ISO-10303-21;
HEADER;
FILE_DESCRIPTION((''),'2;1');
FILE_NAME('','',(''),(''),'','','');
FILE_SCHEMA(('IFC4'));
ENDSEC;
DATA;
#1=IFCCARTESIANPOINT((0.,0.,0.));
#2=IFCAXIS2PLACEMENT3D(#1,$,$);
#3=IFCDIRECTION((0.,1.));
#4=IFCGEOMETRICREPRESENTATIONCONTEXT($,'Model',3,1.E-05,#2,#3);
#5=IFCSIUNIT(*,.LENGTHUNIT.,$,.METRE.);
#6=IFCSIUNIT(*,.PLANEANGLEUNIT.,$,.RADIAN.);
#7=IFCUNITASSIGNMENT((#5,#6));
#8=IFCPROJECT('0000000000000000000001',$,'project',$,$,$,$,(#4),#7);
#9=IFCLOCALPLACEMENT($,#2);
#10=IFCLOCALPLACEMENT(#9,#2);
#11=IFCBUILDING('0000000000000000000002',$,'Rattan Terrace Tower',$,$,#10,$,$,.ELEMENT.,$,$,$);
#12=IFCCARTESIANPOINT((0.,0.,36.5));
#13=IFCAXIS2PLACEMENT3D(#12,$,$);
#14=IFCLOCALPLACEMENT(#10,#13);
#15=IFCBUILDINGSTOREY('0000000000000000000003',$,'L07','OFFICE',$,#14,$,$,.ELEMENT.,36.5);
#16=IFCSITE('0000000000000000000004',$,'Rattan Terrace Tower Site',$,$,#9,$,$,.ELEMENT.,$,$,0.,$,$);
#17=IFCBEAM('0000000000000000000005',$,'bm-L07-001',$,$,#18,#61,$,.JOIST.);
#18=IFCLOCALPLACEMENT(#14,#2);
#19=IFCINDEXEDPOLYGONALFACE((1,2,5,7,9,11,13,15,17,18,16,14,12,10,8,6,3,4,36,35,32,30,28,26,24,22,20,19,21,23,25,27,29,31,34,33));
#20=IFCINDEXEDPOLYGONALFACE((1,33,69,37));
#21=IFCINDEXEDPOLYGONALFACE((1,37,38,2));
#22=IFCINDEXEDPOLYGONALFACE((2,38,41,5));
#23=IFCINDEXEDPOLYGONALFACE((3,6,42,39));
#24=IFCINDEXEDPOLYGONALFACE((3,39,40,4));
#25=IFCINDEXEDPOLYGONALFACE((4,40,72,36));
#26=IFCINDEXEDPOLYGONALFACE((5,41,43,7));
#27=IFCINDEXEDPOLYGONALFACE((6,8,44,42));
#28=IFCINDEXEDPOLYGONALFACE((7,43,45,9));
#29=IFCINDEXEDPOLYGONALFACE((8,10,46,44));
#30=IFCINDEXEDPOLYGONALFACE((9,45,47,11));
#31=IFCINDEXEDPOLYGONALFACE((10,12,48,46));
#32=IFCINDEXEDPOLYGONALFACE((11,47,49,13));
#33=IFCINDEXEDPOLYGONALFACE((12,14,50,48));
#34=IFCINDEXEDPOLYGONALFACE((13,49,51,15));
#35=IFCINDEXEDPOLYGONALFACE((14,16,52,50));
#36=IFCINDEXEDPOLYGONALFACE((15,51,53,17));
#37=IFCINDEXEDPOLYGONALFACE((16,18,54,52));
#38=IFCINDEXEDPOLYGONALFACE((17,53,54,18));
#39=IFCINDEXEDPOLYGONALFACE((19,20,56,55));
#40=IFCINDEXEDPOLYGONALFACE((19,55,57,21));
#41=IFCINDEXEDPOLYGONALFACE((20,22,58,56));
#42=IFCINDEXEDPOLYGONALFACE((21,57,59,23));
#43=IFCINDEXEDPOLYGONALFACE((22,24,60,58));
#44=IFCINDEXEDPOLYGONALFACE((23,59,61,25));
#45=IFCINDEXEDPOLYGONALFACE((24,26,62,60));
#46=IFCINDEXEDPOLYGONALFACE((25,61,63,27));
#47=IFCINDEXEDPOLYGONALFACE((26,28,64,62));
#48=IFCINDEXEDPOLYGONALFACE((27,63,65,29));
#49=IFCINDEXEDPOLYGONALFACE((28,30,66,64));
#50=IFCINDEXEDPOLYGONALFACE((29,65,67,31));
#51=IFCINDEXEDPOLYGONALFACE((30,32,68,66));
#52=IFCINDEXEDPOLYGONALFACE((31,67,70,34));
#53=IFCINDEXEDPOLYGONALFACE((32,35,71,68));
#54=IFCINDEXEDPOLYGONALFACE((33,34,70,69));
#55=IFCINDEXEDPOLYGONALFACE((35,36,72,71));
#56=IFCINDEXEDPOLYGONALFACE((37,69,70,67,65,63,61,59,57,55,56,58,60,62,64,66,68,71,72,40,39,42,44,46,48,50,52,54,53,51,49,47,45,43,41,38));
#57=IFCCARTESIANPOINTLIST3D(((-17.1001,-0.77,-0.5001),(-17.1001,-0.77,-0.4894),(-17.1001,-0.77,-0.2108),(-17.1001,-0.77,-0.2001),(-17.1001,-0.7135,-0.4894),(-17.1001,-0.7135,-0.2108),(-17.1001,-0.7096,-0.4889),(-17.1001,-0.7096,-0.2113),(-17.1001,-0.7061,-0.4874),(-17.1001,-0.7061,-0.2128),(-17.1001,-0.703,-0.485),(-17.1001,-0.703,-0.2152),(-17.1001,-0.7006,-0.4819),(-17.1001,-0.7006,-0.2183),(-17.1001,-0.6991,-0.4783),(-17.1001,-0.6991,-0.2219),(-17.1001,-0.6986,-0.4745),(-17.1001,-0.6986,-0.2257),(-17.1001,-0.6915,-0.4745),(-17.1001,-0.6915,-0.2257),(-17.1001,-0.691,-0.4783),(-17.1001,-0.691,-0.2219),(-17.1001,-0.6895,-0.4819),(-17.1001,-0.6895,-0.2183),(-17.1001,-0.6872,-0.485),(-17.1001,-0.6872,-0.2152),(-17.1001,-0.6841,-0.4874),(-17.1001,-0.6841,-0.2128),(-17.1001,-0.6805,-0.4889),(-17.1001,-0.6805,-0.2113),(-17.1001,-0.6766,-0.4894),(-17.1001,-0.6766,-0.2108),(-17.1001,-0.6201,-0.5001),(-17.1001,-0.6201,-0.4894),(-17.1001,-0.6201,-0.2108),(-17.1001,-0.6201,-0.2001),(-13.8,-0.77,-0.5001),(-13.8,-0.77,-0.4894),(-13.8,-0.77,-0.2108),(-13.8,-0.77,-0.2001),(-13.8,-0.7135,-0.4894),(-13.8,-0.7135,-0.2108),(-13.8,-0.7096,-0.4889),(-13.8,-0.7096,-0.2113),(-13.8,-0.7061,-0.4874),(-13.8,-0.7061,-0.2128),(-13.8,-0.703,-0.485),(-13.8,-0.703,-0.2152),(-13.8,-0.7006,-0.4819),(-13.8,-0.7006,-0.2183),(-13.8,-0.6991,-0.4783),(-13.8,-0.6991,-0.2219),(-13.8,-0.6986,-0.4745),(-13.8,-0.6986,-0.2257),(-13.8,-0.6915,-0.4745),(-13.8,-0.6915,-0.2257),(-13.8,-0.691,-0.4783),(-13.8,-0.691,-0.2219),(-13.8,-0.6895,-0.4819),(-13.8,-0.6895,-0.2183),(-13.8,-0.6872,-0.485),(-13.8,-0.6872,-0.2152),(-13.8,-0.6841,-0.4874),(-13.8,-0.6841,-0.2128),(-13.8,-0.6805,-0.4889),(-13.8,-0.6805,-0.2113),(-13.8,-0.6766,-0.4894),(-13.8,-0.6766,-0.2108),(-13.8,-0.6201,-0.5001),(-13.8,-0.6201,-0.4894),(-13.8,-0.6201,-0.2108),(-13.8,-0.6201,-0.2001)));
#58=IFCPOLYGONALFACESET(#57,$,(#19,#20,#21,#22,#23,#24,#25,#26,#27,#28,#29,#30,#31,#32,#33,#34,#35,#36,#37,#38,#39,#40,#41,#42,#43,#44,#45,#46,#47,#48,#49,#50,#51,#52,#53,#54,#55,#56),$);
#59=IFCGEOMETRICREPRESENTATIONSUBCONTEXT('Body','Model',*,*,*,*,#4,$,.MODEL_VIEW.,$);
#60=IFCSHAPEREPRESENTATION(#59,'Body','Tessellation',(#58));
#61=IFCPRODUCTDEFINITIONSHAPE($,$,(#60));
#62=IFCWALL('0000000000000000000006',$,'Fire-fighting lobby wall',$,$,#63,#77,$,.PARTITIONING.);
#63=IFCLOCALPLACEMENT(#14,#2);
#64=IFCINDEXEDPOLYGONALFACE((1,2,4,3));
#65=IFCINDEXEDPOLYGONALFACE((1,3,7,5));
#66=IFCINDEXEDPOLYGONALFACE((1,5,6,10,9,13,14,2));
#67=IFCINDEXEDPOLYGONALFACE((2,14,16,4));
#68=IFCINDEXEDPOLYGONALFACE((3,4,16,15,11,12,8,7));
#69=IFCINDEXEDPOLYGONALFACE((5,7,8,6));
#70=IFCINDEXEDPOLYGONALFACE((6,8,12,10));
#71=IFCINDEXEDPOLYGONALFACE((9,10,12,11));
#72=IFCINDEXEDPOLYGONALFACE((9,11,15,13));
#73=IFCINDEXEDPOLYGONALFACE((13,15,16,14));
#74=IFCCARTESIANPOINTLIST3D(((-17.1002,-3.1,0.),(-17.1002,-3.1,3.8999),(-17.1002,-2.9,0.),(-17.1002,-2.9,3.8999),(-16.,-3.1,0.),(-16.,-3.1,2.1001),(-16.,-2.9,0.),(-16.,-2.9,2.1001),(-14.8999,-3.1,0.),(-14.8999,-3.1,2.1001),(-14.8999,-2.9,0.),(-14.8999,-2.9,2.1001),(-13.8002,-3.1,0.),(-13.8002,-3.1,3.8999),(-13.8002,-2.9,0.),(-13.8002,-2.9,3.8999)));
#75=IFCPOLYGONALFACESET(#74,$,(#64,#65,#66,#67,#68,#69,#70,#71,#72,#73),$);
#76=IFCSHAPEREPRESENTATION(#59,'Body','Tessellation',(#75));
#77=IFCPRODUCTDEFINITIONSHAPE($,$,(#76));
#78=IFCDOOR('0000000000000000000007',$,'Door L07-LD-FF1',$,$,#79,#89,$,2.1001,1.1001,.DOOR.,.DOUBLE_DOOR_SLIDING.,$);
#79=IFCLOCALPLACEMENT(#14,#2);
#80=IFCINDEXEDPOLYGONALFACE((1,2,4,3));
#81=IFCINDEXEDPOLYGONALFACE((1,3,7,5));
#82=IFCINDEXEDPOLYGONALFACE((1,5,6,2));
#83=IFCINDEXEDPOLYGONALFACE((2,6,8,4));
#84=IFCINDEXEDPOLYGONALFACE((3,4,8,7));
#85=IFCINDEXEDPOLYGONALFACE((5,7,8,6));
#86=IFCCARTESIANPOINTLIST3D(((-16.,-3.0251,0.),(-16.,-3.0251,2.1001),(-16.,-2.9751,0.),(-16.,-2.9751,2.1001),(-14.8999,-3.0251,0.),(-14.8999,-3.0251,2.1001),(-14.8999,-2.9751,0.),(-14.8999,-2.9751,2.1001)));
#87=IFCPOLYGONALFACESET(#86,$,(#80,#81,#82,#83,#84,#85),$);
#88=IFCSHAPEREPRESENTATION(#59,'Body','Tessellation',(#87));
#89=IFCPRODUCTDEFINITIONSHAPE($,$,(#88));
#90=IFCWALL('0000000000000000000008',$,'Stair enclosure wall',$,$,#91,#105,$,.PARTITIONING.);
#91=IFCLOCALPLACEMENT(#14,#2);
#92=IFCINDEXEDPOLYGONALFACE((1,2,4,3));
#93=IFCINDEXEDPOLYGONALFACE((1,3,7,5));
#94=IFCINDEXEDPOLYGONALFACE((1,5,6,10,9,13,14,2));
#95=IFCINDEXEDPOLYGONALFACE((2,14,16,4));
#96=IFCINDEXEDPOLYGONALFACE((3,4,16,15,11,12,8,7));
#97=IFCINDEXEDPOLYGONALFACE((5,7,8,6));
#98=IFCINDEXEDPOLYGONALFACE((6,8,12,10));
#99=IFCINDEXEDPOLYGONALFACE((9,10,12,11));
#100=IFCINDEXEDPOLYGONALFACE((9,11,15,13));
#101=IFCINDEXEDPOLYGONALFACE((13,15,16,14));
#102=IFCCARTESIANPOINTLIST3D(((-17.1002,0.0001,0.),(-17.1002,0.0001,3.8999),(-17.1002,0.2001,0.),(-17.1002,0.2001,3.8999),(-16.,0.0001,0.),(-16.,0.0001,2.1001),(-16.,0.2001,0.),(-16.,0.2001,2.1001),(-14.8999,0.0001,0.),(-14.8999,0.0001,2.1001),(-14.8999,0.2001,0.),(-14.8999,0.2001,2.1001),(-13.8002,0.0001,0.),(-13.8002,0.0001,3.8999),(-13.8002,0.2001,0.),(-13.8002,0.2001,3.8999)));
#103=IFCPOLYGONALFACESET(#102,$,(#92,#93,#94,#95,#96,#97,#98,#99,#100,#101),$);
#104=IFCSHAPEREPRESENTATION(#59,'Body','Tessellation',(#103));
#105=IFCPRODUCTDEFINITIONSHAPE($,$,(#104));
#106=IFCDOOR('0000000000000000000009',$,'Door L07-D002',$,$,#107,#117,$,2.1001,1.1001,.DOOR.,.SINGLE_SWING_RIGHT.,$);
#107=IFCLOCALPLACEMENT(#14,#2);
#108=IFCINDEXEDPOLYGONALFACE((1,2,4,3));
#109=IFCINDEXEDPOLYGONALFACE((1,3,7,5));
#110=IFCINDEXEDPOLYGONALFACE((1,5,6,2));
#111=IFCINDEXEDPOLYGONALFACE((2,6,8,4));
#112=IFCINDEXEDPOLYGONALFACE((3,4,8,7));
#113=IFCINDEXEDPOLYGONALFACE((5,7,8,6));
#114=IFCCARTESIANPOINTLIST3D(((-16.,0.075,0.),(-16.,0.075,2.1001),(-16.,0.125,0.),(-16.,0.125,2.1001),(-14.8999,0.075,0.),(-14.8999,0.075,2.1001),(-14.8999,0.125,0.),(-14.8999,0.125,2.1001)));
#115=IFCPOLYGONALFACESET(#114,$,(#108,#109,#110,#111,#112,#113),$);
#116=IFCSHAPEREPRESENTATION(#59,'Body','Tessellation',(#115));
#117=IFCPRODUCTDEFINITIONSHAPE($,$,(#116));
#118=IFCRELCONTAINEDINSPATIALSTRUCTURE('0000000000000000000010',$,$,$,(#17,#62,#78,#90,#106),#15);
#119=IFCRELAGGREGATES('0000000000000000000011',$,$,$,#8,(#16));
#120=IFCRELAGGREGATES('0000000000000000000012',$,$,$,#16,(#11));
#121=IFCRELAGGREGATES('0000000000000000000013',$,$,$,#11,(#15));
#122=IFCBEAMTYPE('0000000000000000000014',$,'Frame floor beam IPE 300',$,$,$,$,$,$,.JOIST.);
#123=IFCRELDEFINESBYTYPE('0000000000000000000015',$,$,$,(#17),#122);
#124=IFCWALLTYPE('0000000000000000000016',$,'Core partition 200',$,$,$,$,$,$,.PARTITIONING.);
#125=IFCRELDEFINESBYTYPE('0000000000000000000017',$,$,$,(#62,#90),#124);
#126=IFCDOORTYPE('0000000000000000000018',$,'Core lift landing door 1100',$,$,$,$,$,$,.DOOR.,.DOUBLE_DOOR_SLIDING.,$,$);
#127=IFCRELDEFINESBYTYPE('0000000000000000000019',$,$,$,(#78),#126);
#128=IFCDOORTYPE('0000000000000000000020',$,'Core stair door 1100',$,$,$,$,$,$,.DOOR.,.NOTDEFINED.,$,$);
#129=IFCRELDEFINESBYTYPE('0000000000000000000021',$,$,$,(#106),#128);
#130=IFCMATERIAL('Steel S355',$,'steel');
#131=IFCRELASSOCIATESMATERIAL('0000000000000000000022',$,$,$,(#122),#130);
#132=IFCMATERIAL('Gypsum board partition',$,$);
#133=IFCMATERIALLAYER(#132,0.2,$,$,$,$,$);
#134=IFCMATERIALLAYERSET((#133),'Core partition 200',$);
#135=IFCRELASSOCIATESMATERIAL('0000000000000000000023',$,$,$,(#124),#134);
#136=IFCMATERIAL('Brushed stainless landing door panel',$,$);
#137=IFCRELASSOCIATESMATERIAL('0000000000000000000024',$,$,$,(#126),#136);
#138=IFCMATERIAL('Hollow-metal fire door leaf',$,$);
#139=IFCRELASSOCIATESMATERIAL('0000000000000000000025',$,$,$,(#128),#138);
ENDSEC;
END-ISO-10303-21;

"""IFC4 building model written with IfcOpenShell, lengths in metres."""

from ifc_helpers import new_model, si_unit, direction, frame, frame_2d, origin, origin_2d, place, context, subcontext, project, spatial, rectangle, i_section, extrude, material, layer, layer_set, material_profile, profile_set, type_object, element, fill, save


model = new_model("IFC4")

# Units and contexts
model_context = context("Model", 3, precision=1e-05, world=origin(), true_north=direction((0.0, 1.0)))
body_context = subcontext(model_context, "Body", "Model", "MODEL_VIEW")
ifc_project = project(units=[si_unit("LENGTHUNIT", "METRE"), si_unit("PLANEANGLEUNIT", "RADIAN")], contexts=[model_context])

# Site, building, storey
site_placement = place(None, origin())
site = spatial("IfcSite", under=ifc_project, at=site_placement, Name="Rattan Terrace Tower Site", CompositionType="ELEMENT", RefElevation=0.0)
building_placement = place(site_placement, origin())
building = spatial("IfcBuilding", under=site, at=building_placement, Name="Rattan Terrace Tower", CompositionType="ELEMENT")
storey_placement = place(building_placement, frame((0.0, 0.0, 36.5)))
storey = spatial("IfcBuildingStorey", under=building, at=storey_placement, Name="L07", Description="OFFICE", CompositionType="ELEMENT", Elevation=36.5)

# Beam
ifc_material_1 = material(Name="Steel S355", Category="steel")
ifc_material_profile = material_profile(ifc_material_1, i_section(OverallWidth=0.1499, OverallDepth=0.3, WebThickness=0.0071, FlangeThickness=0.0107, FilletRadius=0.0149, at=origin_2d()), Name="IPE 300")
ifc_profile_set = profile_set([ifc_material_profile], Name="Steel S355")
beam_type = type_object("IfcBeamType", Name="Frame floor beam IPE 300", PredefinedType="JOIST", material=ifc_profile_set)
beam_placement = place(storey_placement, frame((-17.1001, -0.6951, -0.3501), z_axis=(1.0, 0.0, 0.0), x_axis=(0.0, 1.0, 0.0)))
element("IfcBeam", 1, at=beam_placement, inside=storey, type_object=beam_type, Name="bm-L07-001", PredefinedType="JOIST", context=body_context, shape_type="SweptSolid", body=[
    extrude(i_section(OverallWidth=0.1499, OverallDepth=0.3, WebThickness=0.0071, FlangeThickness=0.0107, FilletRadius=0.0149, at=origin_2d()), origin(), (0.0, 0.0, 1.0), 3.3),
])

# Walls, openings, doors
ifc_material_2 = material(Name="Gypsum board partition")
ifc_layer_1 = layer(ifc_material_2, 0.2)
ifc_layer_set_1 = layer_set([ifc_layer_1], Name="Core partition 200")
wall_type_1 = type_object("IfcWallType", Name="Core partition 200", PredefinedType="PARTITIONING", material=ifc_layer_set_1)
wall_1_placement = place(storey_placement, frame((-17.1001, -3.0, 0.0), z_axis=(0.0, 0.0, 1.0), x_axis=(1.0, 0.0, 0.0)))
wall_1 = element("IfcWall", 2, at=wall_1_placement, inside=storey, type_object=wall_type_1, Name="Fire-fighting lobby wall", PredefinedType="PARTITIONING", context=body_context, shape_type="SweptSolid", body=[
    extrude(rectangle(XDim=3.3, YDim=0.2, at=frame_2d((1.6499, 0.0))), origin(), (0.0, 0.0, 1.0), 3.8999),
])
opening_1_placement = place(wall_1_placement, frame((1.1001, 0.0, 0.0)))
opening_1 = element("IfcOpeningElement", 3, at=opening_1_placement, cuts=wall_1, PredefinedType="OPENING", context=body_context, shape_type="SweptSolid", body=[
    extrude(rectangle(XDim=1.1001, YDim=2.1001, at=frame_2d((0.55, 1.05))), frame((0.0, 0.1106, 0.0), z_axis=(0.0, -1.0, 0.0), x_axis=(1.0, 0.0, 0.0)), (0.0, 0.0, 1.0), 0.2209),
])
ifc_material_3 = material(Name="Brushed stainless landing door panel")
door_type_1 = type_object("IfcDoorType", Name="Core lift landing door 1100", OperationType="DOUBLE_DOOR_SLIDING", PredefinedType="DOOR", material=ifc_material_3)
door_1_placement = place(opening_1_placement, origin())
door_1 = element("IfcDoor", 4, at=door_1_placement, inside=storey, type_object=door_type_1, Name="Door L07-LD-FF1", OperationType="DOUBLE_DOOR_SLIDING", OverallHeight=2.1001, OverallWidth=1.1001, PredefinedType="DOOR", context=body_context, shape_type="SweptSolid", body=[
    extrude(rectangle(XDim=1.1001, YDim=2.1001, at=frame_2d((0.55, 1.05))), frame((0.0, 0.0249, 0.0), z_axis=(0.0, -1.0, 0.0), x_axis=(1.0, 0.0, 0.0)), (0.0, 0.0, 1.0), 0.05),
])
fill(opening_1, door_1)
wall_2_placement = place(storey_placement, frame((-17.1001, 0.1001, 0.0), z_axis=(0.0, 0.0, 1.0), x_axis=(1.0, 0.0, 0.0)))
wall_2 = element("IfcWall", 5, at=wall_2_placement, inside=storey, type_object=wall_type_1, Name="Stair enclosure wall", PredefinedType="PARTITIONING", context=body_context, shape_type="SweptSolid", body=[
    extrude(rectangle(XDim=3.3, YDim=0.2, at=frame_2d((1.6499, 0.0))), origin(), (0.0, 0.0, 1.0), 3.8999),
])
opening_2_placement = place(wall_2_placement, frame((1.1001, 0.0, 0.0)))
opening_2 = element("IfcOpeningElement", 6, at=opening_2_placement, cuts=wall_2, PredefinedType="OPENING", context=body_context, shape_type="SweptSolid", body=[
    extrude(rectangle(XDim=1.1001, YDim=2.1001, at=frame_2d((0.55, 1.05))), frame((0.0, 0.1106, 0.0), z_axis=(0.0, -1.0, 0.0), x_axis=(1.0, 0.0, 0.0)), (0.0, 0.0, 1.0), 0.2209),
])
ifc_material_4 = material(Name="Hollow-metal fire door leaf")
door_type_2 = type_object("IfcDoorType", Name="Core stair door 1100", OperationType="NOTDEFINED", PredefinedType="DOOR", material=ifc_material_4)
door_2_placement = place(opening_2_placement, origin())
door_2 = element("IfcDoor", 7, at=door_2_placement, inside=storey, type_object=door_type_2, Name="Door L07-D002", OperationType="SINGLE_SWING_RIGHT", OverallHeight=2.1001, OverallWidth=1.1001, PredefinedType="DOOR", context=body_context, shape_type="SweptSolid", body=[
    extrude(rectangle(XDim=1.1001, YDim=2.1001, at=frame_2d((0.55, 1.05))), frame((0.0, 0.0249, 0.0), z_axis=(0.0, -1.0, 0.0), x_axis=(1.0, 0.0, 0.0)), (0.0, 0.0, 1.0), 0.05),
])
fill(opening_2, door_2)

save(model, "model.ifc")
